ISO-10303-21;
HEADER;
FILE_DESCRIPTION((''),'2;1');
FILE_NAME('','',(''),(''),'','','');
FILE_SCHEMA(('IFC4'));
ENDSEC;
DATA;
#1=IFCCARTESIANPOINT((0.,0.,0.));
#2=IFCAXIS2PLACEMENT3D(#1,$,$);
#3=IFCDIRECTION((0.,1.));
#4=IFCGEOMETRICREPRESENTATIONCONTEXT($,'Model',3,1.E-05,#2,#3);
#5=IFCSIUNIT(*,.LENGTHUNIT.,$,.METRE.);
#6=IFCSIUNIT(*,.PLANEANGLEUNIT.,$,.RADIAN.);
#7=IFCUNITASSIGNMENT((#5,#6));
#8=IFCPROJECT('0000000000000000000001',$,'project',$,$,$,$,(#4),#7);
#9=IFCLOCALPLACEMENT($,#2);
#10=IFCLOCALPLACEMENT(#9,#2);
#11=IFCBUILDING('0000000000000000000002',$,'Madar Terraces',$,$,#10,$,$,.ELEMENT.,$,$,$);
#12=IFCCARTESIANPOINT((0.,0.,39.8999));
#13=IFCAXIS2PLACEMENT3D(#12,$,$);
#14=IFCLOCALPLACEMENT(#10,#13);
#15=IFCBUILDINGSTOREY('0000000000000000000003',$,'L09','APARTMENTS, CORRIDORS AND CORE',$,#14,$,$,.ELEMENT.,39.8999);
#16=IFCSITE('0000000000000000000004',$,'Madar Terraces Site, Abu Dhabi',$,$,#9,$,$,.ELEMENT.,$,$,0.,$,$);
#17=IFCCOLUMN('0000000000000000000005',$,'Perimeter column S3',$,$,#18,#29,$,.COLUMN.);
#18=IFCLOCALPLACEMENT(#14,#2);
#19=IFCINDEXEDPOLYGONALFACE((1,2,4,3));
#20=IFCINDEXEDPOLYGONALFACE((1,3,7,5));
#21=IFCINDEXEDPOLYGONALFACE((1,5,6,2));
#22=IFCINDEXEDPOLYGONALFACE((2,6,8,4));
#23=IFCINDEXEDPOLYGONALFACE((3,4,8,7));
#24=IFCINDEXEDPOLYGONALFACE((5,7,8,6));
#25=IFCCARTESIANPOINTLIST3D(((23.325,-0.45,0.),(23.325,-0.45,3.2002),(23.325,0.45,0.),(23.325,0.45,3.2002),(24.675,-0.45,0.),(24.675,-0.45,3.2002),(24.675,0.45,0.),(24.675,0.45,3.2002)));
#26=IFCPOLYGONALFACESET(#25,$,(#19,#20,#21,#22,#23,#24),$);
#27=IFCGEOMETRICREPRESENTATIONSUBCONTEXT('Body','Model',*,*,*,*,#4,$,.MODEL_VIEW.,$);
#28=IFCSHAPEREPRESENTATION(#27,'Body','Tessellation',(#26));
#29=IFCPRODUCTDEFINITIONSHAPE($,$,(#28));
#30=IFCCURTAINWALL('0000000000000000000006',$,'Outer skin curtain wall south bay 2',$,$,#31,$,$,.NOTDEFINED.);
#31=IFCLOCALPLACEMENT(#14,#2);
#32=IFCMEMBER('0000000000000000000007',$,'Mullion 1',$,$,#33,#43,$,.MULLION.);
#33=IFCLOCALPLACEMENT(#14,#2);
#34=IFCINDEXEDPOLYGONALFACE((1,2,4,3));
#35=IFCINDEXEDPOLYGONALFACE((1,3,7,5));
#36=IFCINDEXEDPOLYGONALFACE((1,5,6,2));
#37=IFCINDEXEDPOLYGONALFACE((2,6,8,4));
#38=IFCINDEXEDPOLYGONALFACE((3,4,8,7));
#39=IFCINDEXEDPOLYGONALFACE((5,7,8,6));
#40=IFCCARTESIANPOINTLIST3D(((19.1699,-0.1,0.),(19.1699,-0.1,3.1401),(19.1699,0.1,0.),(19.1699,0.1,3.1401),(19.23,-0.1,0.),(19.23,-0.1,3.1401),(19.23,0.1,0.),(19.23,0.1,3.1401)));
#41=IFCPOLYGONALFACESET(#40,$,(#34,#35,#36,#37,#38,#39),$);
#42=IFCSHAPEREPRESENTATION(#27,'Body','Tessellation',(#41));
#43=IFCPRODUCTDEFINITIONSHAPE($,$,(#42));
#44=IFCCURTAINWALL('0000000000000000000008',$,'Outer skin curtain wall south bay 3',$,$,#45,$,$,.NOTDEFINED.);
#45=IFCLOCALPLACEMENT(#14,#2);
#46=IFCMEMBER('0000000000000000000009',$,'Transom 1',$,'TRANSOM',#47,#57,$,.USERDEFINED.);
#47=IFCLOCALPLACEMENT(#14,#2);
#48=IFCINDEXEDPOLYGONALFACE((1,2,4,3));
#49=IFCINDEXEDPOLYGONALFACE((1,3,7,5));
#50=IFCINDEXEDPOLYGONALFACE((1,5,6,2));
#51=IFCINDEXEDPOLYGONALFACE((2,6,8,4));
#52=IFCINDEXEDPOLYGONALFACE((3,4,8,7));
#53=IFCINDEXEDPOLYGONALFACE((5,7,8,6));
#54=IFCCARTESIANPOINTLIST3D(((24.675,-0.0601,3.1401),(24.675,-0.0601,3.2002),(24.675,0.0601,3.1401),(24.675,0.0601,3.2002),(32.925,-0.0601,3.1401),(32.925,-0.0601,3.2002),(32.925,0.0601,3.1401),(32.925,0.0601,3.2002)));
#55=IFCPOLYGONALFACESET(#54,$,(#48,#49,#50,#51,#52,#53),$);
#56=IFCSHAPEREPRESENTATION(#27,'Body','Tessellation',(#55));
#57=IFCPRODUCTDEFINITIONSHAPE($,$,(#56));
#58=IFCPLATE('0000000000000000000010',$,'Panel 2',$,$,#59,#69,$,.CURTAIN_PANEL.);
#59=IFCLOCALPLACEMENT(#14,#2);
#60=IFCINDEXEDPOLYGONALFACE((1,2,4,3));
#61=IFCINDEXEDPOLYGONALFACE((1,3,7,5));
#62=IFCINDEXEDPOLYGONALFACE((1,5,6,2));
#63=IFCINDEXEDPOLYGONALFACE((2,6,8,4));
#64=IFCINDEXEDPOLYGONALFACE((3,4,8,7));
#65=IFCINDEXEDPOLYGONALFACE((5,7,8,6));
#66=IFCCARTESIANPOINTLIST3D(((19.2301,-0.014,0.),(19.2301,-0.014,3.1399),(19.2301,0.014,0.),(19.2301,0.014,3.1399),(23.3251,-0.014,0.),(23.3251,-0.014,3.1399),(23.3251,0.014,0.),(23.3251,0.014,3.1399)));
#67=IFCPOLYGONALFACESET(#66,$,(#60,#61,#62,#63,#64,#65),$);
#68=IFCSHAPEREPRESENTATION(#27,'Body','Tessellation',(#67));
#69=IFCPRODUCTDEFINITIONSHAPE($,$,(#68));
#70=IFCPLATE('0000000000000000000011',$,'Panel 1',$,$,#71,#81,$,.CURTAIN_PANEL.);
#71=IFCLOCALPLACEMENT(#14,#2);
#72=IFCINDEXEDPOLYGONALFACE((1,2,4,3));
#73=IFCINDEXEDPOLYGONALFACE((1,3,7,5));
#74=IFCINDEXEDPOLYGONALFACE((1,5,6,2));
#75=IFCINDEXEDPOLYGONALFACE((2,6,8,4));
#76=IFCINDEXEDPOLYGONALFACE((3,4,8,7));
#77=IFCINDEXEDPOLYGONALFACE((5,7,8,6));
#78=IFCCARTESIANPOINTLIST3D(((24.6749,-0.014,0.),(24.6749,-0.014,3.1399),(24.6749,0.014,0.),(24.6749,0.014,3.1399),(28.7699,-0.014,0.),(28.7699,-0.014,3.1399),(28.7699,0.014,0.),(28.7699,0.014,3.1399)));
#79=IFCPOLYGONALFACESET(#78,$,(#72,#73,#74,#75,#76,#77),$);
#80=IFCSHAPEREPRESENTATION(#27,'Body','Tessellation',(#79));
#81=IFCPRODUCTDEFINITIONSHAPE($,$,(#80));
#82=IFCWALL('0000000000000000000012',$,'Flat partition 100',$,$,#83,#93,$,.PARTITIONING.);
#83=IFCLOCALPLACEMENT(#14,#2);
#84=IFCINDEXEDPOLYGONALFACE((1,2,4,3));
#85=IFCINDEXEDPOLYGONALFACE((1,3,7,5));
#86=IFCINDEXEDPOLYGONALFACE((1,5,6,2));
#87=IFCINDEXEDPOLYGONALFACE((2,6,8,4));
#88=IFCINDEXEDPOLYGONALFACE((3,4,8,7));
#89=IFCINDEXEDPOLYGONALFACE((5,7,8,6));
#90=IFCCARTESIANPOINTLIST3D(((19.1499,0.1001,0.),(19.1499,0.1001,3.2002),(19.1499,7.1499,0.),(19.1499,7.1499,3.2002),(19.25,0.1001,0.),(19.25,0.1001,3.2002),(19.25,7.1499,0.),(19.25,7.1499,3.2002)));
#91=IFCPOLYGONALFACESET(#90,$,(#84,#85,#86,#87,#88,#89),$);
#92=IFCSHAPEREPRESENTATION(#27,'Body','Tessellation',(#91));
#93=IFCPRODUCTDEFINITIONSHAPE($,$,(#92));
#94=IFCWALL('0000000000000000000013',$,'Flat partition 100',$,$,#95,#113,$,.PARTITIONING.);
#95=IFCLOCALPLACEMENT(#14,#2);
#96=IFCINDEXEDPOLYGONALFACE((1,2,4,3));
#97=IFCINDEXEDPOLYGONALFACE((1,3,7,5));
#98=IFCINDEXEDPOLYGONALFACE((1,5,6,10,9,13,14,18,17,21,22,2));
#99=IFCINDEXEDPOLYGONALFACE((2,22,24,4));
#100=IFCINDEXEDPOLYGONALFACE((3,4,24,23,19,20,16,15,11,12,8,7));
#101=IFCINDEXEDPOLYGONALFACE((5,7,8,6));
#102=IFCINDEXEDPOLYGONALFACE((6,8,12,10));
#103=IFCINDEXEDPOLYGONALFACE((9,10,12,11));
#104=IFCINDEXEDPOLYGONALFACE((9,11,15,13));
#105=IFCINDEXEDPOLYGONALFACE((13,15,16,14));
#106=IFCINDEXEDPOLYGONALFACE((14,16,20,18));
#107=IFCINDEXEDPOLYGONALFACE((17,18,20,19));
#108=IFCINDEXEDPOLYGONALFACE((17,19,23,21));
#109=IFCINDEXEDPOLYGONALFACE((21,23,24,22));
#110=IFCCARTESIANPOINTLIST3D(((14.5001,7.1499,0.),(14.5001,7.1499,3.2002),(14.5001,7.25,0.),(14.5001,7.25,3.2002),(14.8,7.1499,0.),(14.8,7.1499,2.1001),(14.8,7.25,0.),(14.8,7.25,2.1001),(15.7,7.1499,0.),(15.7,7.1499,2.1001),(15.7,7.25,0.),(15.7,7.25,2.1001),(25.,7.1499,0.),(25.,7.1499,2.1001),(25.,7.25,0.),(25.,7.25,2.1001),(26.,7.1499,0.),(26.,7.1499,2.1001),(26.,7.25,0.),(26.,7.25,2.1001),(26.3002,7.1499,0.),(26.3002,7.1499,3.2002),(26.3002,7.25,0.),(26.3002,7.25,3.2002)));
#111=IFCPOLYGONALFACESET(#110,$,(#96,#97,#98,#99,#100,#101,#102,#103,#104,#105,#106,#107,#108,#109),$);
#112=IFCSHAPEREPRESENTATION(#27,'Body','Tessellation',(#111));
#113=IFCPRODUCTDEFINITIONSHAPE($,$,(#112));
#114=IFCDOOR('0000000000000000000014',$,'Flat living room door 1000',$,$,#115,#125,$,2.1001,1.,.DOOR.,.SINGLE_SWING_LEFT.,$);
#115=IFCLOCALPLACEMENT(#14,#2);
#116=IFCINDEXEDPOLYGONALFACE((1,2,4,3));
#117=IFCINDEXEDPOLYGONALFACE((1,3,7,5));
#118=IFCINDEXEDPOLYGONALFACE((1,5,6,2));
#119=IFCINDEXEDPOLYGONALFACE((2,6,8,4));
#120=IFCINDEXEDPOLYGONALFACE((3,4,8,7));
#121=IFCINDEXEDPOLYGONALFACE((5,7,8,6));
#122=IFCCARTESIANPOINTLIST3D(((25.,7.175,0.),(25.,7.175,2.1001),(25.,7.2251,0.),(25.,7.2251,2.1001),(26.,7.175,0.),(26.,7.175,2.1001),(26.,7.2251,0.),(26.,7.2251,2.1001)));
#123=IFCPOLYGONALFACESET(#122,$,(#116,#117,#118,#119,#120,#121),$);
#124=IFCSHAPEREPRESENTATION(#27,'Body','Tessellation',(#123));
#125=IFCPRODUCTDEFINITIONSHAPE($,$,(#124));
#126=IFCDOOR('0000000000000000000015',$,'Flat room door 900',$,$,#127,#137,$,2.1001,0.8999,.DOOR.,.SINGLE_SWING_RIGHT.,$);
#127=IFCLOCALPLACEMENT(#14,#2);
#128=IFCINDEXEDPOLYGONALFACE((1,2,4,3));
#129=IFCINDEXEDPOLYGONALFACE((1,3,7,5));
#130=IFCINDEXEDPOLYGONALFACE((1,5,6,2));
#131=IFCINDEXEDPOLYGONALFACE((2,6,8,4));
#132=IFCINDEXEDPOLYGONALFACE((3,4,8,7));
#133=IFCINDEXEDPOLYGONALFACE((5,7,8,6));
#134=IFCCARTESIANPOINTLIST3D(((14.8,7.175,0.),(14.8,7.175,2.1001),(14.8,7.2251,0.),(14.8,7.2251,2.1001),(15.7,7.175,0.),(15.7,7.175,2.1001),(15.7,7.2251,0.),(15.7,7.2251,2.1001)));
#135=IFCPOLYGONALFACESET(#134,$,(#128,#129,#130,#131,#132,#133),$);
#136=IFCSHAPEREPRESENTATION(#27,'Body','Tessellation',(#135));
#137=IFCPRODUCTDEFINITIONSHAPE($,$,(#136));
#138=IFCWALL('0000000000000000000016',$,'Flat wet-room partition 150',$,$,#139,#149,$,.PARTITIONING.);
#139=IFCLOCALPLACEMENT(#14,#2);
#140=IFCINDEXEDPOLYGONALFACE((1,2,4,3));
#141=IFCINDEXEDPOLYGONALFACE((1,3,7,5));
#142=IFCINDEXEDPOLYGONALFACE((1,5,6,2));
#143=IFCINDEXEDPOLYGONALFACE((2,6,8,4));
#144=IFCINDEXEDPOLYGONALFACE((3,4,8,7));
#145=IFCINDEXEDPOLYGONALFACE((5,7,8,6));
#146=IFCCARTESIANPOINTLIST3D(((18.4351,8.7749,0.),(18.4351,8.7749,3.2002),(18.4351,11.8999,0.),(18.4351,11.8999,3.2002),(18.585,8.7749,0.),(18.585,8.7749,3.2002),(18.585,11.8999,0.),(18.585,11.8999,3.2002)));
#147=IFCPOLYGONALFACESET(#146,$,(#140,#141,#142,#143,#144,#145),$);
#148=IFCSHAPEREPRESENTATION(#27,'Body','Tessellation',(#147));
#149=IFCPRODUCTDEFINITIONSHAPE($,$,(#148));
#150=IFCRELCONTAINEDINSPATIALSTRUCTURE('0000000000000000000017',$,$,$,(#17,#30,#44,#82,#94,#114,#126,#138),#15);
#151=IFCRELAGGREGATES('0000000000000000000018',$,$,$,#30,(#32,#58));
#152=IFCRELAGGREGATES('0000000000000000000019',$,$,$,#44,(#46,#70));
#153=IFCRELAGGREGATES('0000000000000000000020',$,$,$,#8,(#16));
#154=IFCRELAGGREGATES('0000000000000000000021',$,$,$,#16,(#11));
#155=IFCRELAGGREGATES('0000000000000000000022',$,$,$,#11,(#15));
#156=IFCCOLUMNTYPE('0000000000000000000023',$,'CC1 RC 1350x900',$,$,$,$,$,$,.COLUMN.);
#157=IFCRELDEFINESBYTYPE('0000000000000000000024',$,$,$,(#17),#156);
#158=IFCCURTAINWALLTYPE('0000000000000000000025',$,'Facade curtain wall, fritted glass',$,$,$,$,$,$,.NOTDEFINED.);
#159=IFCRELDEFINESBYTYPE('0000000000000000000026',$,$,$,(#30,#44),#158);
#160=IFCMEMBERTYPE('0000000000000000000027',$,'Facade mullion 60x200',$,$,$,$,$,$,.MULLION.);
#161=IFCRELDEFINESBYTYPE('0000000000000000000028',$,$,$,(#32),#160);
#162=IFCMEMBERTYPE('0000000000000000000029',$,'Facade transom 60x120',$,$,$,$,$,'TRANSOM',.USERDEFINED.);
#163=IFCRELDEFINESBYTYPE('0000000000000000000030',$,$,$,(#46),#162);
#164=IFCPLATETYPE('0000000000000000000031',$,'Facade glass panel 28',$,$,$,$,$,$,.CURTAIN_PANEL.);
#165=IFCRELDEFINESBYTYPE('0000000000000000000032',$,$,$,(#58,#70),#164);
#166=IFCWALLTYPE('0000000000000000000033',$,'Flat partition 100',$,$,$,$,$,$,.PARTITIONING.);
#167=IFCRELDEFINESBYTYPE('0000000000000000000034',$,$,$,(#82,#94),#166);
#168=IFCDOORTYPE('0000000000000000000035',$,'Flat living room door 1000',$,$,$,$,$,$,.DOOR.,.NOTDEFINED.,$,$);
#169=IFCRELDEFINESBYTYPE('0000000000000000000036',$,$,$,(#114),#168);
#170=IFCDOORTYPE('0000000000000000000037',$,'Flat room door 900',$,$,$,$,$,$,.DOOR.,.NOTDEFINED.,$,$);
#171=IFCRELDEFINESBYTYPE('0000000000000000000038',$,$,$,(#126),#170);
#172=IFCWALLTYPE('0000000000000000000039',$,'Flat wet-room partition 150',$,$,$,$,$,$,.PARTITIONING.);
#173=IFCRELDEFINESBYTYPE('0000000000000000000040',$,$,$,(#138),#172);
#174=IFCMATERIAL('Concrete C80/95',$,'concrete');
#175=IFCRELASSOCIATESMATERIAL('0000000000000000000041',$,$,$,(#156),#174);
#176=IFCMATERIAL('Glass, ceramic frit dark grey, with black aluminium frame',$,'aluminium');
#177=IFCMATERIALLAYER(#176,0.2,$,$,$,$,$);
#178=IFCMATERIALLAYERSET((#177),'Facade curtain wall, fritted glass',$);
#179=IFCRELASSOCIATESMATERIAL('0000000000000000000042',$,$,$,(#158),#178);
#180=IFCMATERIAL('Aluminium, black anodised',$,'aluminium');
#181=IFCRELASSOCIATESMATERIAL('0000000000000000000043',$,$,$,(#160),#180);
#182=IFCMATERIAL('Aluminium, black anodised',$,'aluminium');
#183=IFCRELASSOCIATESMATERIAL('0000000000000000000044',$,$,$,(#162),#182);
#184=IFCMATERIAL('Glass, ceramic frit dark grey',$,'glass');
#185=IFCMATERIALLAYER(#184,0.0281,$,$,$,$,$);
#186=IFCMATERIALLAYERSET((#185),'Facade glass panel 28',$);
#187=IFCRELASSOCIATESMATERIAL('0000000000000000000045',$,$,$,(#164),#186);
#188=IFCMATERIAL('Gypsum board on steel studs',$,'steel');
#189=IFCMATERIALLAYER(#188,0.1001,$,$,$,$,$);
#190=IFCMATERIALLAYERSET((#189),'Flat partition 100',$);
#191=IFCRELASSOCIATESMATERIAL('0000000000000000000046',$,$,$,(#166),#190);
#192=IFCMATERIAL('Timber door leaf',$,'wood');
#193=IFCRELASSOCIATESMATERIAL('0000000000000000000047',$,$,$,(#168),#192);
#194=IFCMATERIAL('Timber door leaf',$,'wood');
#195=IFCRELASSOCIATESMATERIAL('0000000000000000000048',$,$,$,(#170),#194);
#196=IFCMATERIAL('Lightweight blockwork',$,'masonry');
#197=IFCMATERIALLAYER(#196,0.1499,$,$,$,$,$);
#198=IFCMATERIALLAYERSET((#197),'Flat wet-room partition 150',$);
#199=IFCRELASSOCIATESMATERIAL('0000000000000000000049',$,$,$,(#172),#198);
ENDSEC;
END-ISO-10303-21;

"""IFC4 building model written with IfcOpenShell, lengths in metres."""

from ifc_helpers import new_model, si_unit, direction, frame, frame_2d, origin, origin_2d, place, context, subcontext, project, spatial, rectangle, extrude, material, layer, layer_set, material_profile, profile_set, type_object, element, fill, aggregate, save


model = new_model("IFC4")

# Units and contexts
model_context = context("Model", 3, precision=1e-05, world=origin(), true_north=direction((0.0, 1.0)))
body_context = subcontext(model_context, "Body", "Model", "MODEL_VIEW")
ifc_project = project(units=[si_unit("LENGTHUNIT", "METRE"), si_unit("PLANEANGLEUNIT", "RADIAN")], contexts=[model_context])

# Site, building, storey
site_placement = place(None, origin())
site = spatial("IfcSite", under=ifc_project, at=site_placement, Name="Madar Terraces Site, Abu Dhabi", CompositionType="ELEMENT", RefElevation=0.0)
building_placement = place(site_placement, origin())
building = spatial("IfcBuilding", under=site, at=building_placement, Name="Madar Terraces", CompositionType="ELEMENT")
storey_placement = place(building_placement, frame((0.0, 0.0, 39.8999)))
storey = spatial("IfcBuildingStorey", under=building, at=storey_placement, Name="L09", Description="APARTMENTS, CORRIDORS AND CORE", CompositionType="ELEMENT", Elevation=39.8999)

# Column
ifc_material_1 = material(Name="Concrete C80/95", Category="concrete")
ifc_material_profile_1 = material_profile(ifc_material_1, rectangle(XDim=1.3501, YDim=0.8999, at=origin_2d()), Name="CC1 RC 1350x900")
ifc_profile_set_1 = profile_set([ifc_material_profile_1], Name="Concrete C80/95")
column_type = type_object("IfcColumnType", Name="CC1 RC 1350x900", PredefinedType="COLUMN", material=ifc_profile_set_1)
column_placement = place(storey_placement, frame((24.0, 0.0, 0.0), z_axis=(0.0, 0.0, 1.0), x_axis=(1.0, 0.0, 0.0)))
element("IfcColumn", 1, at=column_placement, inside=storey, type_object=column_type, Name="Perimeter column S3", PredefinedType="COLUMN", context=body_context, shape_type="SweptSolid", body=[
    extrude(rectangle(XDim=1.3501, YDim=0.8999, at=origin_2d()), origin(), (0.0, 0.0, 1.0), 3.2002),
])

# Curtain walls, members
ifc_material_2 = material(Name="Glass, ceramic frit dark grey, with black aluminium frame", Category="aluminium")
ifc_layer_1 = layer(ifc_material_2, 0.2)
ifc_layer_set_1 = layer_set([ifc_layer_1], Name="Facade curtain wall, fritted glass")
curtain_wall_type = type_object("IfcCurtainWallType", Name="Facade curtain wall, fritted glass", PredefinedType="NOTDEFINED", material=ifc_layer_set_1)
curtain_wall_1_placement = place(storey_placement, origin())
curtain_wall_1 = element("IfcCurtainWall", 2, at=curtain_wall_1_placement, inside=storey, type_object=curtain_wall_type, Name="Outer skin curtain wall south bay 2", PredefinedType="NOTDEFINED")
ifc_material_3 = material(Name="Aluminium, black anodised", Category="aluminium")
ifc_material_profile_2 = material_profile(ifc_material_3, rectangle(XDim=0.2, YDim=0.0601, at=origin_2d()), Name="Facade mullion 60x200")
ifc_profile_set_2 = profile_set([ifc_material_profile_2], Name="Aluminium, black anodised")
member_type_1 = type_object("IfcMemberType", Name="Facade mullion 60x200", PredefinedType="MULLION", material=ifc_profile_set_2)
member_1_placement = place(storey_placement, frame((19.2, 0.0, 0.0), z_axis=(0.0, 0.0, 1.0), x_axis=(0.0, 1.0, 0.0)))
member_1 = element("IfcMember", 3, at=member_1_placement, type_object=member_type_1, Name="Mullion 1", PredefinedType="MULLION", context=body_context, shape_type="SweptSolid", body=[
    extrude(rectangle(XDim=0.2, YDim=0.0601, at=origin_2d()), origin(), (0.0, 0.0, 1.0), 3.1401),
])
curtain_wall_2_placement = place(storey_placement, origin())
curtain_wall_2 = element("IfcCurtainWall", 4, at=curtain_wall_2_placement, inside=storey, type_object=curtain_wall_type, Name="Outer skin curtain wall south bay 3", PredefinedType="NOTDEFINED")
ifc_material_4 = material(Name="Aluminium, black anodised", Category="aluminium")
ifc_material_profile_3 = material_profile(ifc_material_4, rectangle(XDim=0.1201, YDim=0.0601, at=origin_2d()), Name="Facade transom 60x120")
ifc_profile_set_3 = profile_set([ifc_material_profile_3], Name="Aluminium, black anodised")
member_type_2 = type_object("IfcMemberType", Name="Facade transom 60x120", ElementType="TRANSOM", PredefinedType="USERDEFINED", material=ifc_profile_set_3)
member_2_placement = place(storey_placement, frame((24.675, 0.0, 3.1702), z_axis=(1.0, 0.0, 0.0), x_axis=(0.0, 1.0, 0.0)))
member_2 = element("IfcMember", 5, at=member_2_placement, type_object=member_type_2, Name="Transom 1", ObjectType="TRANSOM", PredefinedType="USERDEFINED", context=body_context, shape_type="SweptSolid", body=[
    extrude(rectangle(XDim=0.1201, YDim=0.0601, at=origin_2d()), origin(), (0.0, 0.0, 1.0), 8.25),
])

# Plates
ifc_material_5 = material(Name="Glass, ceramic frit dark grey", Category="glass")
ifc_layer_2 = layer(ifc_material_5, 0.0281)
ifc_layer_set_2 = layer_set([ifc_layer_2], Name="Facade glass panel 28")
plate_type = type_object("IfcPlateType", Name="Facade glass panel 28", PredefinedType="CURTAIN_PANEL", material=ifc_layer_set_2)
plate_1_placement = place(storey_placement, frame((21.2776, 0.0, 0.0), z_axis=(0.0, 0.0, 1.0), x_axis=(1.0, 0.0, 0.0)))
plate_1 = element("IfcPlate", 6, at=plate_1_placement, type_object=plate_type, Name="Panel 2", PredefinedType="CURTAIN_PANEL", context=body_context, shape_type="SweptSolid", body=[
    extrude(rectangle(XDim=4.095, YDim=0.0281, at=origin_2d()), origin(), (0.0, 0.0, 1.0), 3.1399),
])
aggregate(curtain_wall_1, [member_1, plate_1])
plate_2_placement = place(storey_placement, frame((26.7224, 0.0, 0.0), z_axis=(0.0, 0.0, 1.0), x_axis=(1.0, 0.0, 0.0)))
plate_2 = element("IfcPlate", 7, at=plate_2_placement, type_object=plate_type, Name="Panel 1", PredefinedType="CURTAIN_PANEL", context=body_context, shape_type="SweptSolid", body=[
    extrude(rectangle(XDim=4.095, YDim=0.0281, at=origin_2d()), origin(), (0.0, 0.0, 1.0), 3.1399),
])
aggregate(curtain_wall_2, [member_2, plate_2])

# Wall
ifc_material_6 = material(Name="Gypsum board on steel studs", Category="steel")
ifc_layer_3 = layer(ifc_material_6, 0.1001)
ifc_layer_set_3 = layer_set([ifc_layer_3], Name="Flat partition 100")
wall_type_1 = type_object("IfcWallType", Name="Flat partition 100", PredefinedType="PARTITIONING", material=ifc_layer_set_3)
wall_1_placement = place(storey_placement, frame((19.2, 7.1499, 0.0), z_axis=(0.0, 0.0, 1.0), x_axis=(0.0, -1.0, 0.0)))
element("IfcWall", 8, at=wall_1_placement, inside=storey, type_object=wall_type_1, Name="Flat partition 100", PredefinedType="PARTITIONING", context=body_context, shape_type="SweptSolid", body=[
    extrude(rectangle(XDim=7.0498, YDim=0.1001, at=frame_2d((3.5249, 0.0))), origin(), (0.0, 0.0, 1.0), 3.2002),
])

# Wall, openings, doors
wall_2_placement = place(storey_placement, frame((26.3, 7.2, 0.0), z_axis=(0.0, 0.0, 1.0), x_axis=(-1.0, 0.0, 0.0)))
wall_2 = element("IfcWall", 9, at=wall_2_placement, inside=storey, type_object=wall_type_1, Name="Flat partition 100", PredefinedType="PARTITIONING", context=body_context, shape_type="SweptSolid", body=[
    extrude(rectangle(XDim=11.8, YDim=0.1001, at=frame_2d((5.8999, 0.0))), origin(), (0.0, 0.0, 1.0), 3.2002),
])
opening_1_placement = place(wall_2_placement, frame((0.3, 0.0, 0.0)))
opening_1 = element("IfcOpeningElement", 10, at=opening_1_placement, cuts=wall_2, PredefinedType="OPENING", context=body_context, shape_type="SweptSolid", body=[
    extrude(rectangle(XDim=1.0, YDim=2.1001, at=frame_2d((0.5, 1.05))), frame((0.0, 0.0601, 0.0), z_axis=(0.0, -1.0, 0.0), x_axis=(1.0, 0.0, 0.0)), (0.0, 0.0, 1.0), 0.1201),
])
opening_2_placement = place(wall_2_placement, frame((10.6001, 0.0, 0.0)))
opening_2 = element("IfcOpeningElement", 11, at=opening_2_placement, cuts=wall_2, PredefinedType="OPENING", context=body_context, shape_type="SweptSolid", body=[
    extrude(rectangle(XDim=0.8999, YDim=2.1001, at=frame_2d((0.45, 1.05))), frame((0.0, 0.0601, 0.0), z_axis=(0.0, -1.0, 0.0), x_axis=(1.0, 0.0, 0.0)), (0.0, 0.0, 1.0), 0.1201),
])
ifc_material_7 = material(Name="Timber door leaf", Category="wood")
door_type_1 = type_object("IfcDoorType", Name="Flat living room door 1000", OperationType="NOTDEFINED", PredefinedType="DOOR", material=ifc_material_7)
door_1_placement = place(opening_1_placement, origin())
door_1 = element("IfcDoor", 12, at=door_1_placement, inside=storey, type_object=door_type_1, Name="Flat living room door 1000", OperationType="SINGLE_SWING_LEFT", OverallHeight=2.1001, OverallWidth=1.0, PredefinedType="DOOR", context=body_context, shape_type="SweptSolid", body=[
    extrude(rectangle(XDim=1.0, YDim=2.1001, at=frame_2d((0.5, 1.05))), frame((0.0, 0.0249, 0.0), z_axis=(0.0, -1.0, 0.0), x_axis=(1.0, 0.0, 0.0)), (0.0, 0.0, 1.0), 0.05),
])
fill(opening_1, door_1)
ifc_material_8 = material(Name="Timber door leaf", Category="wood")
door_type_2 = type_object("IfcDoorType", Name="Flat room door 900", OperationType="NOTDEFINED", PredefinedType="DOOR", material=ifc_material_8)
door_2_placement = place(opening_2_placement, origin())
door_2 = element("IfcDoor", 13, at=door_2_placement, inside=storey, type_object=door_type_2, Name="Flat room door 900", OperationType="SINGLE_SWING_RIGHT", OverallHeight=2.1001, OverallWidth=0.8999, PredefinedType="DOOR", context=body_context, shape_type="SweptSolid", body=[
    extrude(rectangle(XDim=0.8999, YDim=2.1001, at=frame_2d((0.45, 1.05))), frame((0.0, 0.0249, 0.0), z_axis=(0.0, -1.0, 0.0), x_axis=(1.0, 0.0, 0.0)), (0.0, 0.0, 1.0), 0.05),
])
fill(opening_2, door_2)

# Wall
ifc_material_9 = material(Name="Lightweight blockwork", Category="masonry")
ifc_layer_4 = layer(ifc_material_9, 0.1499)
ifc_layer_set_4 = layer_set([ifc_layer_4], Name="Flat wet-room partition 150")
wall_type_2 = type_object("IfcWallType", Name="Flat wet-room partition 150", PredefinedType="PARTITIONING", material=ifc_layer_set_4)
wall_3_placement = place(storey_placement, frame((18.51, 11.8999, 0.0), z_axis=(0.0, 0.0, 1.0), x_axis=(0.0, -1.0, 0.0)))
element("IfcWall", 14, at=wall_3_placement, inside=storey, type_object=wall_type_2, Name="Flat wet-room partition 150", PredefinedType="PARTITIONING", context=body_context, shape_type="SweptSolid", body=[
    extrude(rectangle(XDim=3.125, YDim=0.1499, at=frame_2d((1.5625, 0.0))), origin(), (0.0, 0.0, 1.0), 3.2002),
])

save(model, "model.ifc")
